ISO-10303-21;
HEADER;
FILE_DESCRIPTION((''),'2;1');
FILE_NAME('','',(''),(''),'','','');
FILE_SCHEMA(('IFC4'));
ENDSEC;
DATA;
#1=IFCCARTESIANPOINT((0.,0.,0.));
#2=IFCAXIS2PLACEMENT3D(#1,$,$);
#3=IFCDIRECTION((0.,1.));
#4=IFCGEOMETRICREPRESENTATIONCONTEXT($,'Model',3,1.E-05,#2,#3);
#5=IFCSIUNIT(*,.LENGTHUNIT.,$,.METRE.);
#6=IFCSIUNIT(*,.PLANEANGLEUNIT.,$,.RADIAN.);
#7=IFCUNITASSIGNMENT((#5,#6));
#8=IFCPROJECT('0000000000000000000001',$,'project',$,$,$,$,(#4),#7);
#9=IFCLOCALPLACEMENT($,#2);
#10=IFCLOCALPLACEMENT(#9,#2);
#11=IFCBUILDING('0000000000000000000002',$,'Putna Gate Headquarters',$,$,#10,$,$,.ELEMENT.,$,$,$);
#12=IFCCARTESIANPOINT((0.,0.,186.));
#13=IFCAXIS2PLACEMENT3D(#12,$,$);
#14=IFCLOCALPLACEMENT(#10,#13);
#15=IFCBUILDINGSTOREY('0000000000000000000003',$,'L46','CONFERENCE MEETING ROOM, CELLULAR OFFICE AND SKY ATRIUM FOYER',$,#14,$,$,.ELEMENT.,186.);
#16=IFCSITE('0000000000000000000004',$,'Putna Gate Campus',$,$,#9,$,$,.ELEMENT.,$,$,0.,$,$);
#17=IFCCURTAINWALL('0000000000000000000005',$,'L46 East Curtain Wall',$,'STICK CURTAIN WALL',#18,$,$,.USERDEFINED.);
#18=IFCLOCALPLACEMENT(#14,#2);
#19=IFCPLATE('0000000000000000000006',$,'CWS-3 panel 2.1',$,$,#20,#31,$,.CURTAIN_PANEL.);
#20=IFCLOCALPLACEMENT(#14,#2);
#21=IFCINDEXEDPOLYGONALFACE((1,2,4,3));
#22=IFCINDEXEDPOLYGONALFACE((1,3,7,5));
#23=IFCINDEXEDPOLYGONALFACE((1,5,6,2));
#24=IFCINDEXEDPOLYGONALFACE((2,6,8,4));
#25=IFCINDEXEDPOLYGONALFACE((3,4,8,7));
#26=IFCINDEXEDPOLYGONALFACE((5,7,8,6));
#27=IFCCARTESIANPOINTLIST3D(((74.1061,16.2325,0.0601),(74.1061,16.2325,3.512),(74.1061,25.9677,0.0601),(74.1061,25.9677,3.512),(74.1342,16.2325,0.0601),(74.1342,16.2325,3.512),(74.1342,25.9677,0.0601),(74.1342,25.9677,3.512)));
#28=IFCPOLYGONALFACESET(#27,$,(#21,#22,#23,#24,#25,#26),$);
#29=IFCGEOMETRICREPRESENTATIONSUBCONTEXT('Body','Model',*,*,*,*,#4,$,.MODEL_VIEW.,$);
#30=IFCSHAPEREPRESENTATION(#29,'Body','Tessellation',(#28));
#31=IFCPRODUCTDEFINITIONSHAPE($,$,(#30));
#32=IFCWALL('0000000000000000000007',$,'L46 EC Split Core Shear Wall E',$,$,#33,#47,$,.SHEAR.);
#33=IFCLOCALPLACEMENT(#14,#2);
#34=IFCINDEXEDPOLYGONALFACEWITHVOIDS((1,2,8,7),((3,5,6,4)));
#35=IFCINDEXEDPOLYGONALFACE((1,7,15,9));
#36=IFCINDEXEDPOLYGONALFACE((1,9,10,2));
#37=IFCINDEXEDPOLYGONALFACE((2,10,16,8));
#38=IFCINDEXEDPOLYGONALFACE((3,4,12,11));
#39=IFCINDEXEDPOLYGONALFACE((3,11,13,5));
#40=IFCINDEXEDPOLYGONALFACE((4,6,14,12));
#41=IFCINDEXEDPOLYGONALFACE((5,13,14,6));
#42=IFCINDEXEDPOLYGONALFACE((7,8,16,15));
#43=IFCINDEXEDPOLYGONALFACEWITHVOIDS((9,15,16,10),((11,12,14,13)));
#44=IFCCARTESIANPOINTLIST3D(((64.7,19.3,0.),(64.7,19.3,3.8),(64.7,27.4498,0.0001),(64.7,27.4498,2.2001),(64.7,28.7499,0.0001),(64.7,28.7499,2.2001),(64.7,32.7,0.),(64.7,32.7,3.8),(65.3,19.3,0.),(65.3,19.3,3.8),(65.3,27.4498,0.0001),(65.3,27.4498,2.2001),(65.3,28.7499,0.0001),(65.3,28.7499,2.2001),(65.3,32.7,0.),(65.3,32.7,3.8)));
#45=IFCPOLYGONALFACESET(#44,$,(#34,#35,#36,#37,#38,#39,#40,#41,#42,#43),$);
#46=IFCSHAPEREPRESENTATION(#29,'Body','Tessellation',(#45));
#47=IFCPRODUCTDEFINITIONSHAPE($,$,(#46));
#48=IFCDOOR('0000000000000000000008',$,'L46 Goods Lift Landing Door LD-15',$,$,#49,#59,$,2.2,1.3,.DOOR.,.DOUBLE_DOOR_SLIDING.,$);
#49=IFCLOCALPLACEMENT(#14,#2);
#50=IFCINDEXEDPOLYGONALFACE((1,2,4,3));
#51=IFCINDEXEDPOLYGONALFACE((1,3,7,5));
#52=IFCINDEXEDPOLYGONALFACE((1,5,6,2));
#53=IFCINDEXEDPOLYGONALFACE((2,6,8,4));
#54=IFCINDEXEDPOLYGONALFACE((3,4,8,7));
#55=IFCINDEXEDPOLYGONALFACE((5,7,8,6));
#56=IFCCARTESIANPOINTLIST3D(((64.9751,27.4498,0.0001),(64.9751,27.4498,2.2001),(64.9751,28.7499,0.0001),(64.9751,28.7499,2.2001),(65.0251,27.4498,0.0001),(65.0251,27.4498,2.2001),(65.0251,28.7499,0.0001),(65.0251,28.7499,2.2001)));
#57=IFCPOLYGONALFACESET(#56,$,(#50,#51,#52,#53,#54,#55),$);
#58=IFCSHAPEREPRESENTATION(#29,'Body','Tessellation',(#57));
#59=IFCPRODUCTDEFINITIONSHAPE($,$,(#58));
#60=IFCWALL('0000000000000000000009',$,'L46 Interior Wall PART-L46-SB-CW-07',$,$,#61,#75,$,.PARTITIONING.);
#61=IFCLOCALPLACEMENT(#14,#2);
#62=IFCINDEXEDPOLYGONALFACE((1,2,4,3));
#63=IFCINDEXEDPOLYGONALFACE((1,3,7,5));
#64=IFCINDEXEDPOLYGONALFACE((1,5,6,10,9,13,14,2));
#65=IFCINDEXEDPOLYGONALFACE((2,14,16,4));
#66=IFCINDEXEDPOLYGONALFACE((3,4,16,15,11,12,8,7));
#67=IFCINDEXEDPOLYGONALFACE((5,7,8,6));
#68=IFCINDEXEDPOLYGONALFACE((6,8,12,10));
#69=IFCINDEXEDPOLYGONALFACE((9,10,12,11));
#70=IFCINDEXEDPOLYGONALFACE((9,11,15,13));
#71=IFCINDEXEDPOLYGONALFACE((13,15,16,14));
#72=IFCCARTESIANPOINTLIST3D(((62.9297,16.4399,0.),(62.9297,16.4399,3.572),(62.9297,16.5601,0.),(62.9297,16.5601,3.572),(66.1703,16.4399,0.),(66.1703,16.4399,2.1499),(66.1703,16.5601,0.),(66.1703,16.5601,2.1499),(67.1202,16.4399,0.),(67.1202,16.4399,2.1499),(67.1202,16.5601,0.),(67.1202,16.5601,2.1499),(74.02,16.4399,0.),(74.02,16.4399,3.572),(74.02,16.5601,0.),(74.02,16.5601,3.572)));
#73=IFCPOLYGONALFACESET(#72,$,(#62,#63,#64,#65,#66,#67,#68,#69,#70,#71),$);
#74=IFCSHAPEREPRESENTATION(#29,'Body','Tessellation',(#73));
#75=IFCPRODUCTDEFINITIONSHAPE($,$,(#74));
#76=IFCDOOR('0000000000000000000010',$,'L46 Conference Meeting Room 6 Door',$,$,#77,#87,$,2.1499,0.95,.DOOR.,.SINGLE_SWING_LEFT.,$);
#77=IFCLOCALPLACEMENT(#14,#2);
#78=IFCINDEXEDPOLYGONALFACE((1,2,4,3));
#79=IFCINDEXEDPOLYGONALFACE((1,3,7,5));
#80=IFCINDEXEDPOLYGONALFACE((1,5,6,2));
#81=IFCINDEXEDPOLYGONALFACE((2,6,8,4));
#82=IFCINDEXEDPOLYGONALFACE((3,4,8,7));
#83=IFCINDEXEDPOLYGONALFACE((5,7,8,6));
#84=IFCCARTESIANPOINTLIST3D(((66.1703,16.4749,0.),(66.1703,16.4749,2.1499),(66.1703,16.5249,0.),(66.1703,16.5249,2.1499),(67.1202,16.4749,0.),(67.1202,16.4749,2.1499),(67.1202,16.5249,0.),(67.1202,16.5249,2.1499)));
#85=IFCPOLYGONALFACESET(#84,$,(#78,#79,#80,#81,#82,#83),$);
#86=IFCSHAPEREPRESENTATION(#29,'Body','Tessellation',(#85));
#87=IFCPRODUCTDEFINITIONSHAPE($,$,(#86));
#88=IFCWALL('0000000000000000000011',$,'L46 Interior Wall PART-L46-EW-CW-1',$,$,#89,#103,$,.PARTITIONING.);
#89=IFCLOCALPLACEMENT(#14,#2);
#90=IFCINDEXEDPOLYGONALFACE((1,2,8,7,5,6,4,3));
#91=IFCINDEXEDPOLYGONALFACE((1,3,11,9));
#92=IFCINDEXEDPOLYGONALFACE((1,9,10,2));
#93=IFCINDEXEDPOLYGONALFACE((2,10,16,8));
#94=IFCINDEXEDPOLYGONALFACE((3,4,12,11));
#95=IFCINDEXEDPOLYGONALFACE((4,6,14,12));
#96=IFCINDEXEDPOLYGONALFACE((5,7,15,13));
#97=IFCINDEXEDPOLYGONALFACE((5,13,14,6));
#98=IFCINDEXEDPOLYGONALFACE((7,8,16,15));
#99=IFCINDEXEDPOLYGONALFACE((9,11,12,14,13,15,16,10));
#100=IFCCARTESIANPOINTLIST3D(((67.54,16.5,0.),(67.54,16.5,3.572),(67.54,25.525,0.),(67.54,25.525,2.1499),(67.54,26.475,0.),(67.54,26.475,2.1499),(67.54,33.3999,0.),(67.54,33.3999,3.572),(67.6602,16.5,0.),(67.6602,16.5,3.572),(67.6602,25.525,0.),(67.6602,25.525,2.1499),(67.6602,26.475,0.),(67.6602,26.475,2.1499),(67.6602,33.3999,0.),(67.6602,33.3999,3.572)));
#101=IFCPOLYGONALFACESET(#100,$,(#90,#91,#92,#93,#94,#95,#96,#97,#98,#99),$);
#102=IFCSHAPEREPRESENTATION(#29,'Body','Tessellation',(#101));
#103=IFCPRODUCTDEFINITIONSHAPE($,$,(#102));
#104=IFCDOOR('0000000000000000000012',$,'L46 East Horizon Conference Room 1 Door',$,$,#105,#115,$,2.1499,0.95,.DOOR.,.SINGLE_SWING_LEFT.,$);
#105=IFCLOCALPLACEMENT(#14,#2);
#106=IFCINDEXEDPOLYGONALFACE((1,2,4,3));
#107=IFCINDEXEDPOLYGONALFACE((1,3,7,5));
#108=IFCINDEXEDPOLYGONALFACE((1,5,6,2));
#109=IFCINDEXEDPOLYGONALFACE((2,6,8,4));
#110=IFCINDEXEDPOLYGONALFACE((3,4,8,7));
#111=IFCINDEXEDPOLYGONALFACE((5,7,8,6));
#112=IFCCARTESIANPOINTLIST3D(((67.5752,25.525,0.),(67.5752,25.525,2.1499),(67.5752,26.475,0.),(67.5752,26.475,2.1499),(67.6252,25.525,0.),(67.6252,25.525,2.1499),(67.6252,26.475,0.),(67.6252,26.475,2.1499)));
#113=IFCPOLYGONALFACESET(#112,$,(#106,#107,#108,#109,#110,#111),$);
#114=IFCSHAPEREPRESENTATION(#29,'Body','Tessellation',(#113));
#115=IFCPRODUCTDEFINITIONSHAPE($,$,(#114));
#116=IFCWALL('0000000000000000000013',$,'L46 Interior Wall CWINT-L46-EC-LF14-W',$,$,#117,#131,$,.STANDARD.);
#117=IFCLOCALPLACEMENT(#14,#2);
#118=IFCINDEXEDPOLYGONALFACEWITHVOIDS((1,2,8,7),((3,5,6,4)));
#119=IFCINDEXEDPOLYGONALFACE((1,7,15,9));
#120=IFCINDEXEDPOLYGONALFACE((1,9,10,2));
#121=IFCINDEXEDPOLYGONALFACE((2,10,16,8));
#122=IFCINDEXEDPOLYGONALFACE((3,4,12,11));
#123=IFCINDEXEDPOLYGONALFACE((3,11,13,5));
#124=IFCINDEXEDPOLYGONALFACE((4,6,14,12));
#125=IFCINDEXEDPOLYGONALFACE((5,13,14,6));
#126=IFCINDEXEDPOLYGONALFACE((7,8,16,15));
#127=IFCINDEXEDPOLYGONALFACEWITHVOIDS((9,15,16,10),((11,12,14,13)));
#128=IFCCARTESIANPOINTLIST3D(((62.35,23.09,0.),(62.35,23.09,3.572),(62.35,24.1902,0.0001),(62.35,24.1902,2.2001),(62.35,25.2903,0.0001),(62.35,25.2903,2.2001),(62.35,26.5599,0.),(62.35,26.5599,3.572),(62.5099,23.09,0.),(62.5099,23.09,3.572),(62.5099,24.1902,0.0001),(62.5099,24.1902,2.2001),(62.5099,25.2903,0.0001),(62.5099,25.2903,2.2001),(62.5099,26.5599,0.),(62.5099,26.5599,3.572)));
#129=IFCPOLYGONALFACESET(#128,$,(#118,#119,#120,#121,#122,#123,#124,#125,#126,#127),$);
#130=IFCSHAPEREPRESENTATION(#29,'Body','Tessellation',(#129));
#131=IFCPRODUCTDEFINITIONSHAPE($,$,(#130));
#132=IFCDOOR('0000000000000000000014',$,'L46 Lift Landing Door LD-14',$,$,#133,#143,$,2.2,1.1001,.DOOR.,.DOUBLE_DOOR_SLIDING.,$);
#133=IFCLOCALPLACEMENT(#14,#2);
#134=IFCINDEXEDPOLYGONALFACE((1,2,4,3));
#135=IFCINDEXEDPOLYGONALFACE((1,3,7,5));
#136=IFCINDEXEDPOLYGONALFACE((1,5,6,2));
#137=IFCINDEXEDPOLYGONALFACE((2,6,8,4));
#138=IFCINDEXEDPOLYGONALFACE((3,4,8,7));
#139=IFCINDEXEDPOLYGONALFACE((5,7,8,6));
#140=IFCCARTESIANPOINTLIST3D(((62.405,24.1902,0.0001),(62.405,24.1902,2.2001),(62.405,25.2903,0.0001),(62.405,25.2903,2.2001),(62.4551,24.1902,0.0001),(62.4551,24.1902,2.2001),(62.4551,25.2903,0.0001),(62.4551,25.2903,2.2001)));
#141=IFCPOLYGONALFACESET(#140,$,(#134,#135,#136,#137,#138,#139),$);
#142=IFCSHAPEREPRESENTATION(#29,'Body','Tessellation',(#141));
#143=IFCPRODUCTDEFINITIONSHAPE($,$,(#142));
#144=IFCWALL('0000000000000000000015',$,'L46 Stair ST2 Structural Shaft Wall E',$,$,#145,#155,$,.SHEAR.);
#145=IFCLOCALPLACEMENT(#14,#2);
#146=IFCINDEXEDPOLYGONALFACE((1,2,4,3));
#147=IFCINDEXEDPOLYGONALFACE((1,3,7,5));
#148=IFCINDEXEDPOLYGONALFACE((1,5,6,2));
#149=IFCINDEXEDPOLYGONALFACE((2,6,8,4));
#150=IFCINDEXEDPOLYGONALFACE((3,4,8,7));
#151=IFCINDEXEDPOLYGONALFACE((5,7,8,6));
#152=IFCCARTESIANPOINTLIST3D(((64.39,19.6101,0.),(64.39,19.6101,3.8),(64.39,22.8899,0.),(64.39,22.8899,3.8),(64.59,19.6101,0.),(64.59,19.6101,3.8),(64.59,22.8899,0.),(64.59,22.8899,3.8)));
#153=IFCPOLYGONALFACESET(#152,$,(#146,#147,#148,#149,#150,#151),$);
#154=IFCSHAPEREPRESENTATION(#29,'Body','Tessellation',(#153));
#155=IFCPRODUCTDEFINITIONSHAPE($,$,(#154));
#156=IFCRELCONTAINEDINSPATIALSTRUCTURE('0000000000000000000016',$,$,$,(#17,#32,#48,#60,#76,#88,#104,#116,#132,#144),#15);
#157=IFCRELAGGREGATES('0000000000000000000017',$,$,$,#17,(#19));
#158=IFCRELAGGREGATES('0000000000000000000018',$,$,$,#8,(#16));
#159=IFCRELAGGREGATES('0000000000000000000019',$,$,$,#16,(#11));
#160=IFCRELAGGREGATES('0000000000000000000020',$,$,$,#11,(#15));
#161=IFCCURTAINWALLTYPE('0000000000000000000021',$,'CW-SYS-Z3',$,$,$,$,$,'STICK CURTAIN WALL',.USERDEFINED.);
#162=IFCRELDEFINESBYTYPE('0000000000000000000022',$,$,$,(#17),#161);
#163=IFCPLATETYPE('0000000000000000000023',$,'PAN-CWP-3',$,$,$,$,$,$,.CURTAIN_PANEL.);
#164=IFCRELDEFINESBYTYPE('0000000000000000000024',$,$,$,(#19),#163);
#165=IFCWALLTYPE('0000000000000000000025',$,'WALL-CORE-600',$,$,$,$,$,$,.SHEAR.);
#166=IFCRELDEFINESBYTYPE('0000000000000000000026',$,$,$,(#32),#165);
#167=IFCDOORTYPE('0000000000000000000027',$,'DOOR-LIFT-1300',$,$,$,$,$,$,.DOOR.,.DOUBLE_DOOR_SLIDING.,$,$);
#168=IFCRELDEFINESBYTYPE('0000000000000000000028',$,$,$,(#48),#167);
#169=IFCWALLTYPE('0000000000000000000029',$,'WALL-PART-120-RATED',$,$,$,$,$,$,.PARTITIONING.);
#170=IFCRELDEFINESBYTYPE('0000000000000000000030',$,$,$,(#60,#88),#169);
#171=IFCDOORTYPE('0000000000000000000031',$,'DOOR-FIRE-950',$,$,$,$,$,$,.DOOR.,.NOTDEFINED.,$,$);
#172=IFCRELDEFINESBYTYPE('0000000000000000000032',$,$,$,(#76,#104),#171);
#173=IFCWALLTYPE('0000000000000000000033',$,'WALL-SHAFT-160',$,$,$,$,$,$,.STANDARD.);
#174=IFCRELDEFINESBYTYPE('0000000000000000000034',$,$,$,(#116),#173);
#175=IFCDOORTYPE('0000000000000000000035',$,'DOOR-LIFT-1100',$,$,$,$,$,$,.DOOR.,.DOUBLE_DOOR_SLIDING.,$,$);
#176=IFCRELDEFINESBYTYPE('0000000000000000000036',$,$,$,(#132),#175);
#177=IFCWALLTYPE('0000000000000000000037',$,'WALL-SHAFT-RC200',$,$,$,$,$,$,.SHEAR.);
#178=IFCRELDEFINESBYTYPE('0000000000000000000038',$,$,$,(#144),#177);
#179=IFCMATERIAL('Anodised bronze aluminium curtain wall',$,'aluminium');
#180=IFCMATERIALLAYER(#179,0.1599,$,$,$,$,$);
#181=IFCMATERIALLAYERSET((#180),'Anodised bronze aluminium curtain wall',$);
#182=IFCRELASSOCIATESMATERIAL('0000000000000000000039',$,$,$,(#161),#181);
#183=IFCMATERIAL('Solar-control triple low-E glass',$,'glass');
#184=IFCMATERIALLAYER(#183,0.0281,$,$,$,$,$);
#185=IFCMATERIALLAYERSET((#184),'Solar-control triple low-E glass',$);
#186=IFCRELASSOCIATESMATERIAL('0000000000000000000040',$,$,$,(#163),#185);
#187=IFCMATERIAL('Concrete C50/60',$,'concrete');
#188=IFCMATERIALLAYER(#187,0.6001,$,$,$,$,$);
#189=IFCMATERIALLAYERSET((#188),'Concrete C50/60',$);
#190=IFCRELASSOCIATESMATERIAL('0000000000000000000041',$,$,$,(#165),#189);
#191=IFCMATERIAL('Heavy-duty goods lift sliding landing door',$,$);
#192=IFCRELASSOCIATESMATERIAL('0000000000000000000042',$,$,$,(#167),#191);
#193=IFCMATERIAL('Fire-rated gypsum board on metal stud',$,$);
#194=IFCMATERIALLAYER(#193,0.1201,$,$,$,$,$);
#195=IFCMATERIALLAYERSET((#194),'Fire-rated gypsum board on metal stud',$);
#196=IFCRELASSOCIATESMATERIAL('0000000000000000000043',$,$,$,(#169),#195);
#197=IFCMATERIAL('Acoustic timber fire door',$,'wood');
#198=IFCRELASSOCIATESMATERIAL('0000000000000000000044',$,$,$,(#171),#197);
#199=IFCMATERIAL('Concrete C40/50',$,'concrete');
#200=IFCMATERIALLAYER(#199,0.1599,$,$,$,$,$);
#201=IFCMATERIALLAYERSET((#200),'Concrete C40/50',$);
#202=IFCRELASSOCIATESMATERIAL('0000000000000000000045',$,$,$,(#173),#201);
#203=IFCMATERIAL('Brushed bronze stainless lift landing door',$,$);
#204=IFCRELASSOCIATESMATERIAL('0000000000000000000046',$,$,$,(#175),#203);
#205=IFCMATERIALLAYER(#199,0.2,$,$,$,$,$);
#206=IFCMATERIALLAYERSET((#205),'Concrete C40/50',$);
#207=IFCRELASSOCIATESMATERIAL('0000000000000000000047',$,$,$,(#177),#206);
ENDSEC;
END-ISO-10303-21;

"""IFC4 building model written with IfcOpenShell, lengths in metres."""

from ifc_helpers import new_model, si_unit, direction, frame, frame_2d, origin, origin_2d, place, context, subcontext, project, spatial, rectangle, extrude, material, layer, layer_set, type_object, element, fill, aggregate, save


model = new_model("IFC4")

# Units and contexts
model_context = context("Model", 3, precision=1e-05, world=origin(), true_north=direction((0.0, 1.0)))
body_context = subcontext(model_context, "Body", "Model", "MODEL_VIEW")
ifc_project = project(units=[si_unit("LENGTHUNIT", "METRE"), si_unit("PLANEANGLEUNIT", "RADIAN")], contexts=[model_context])

# Site, building, storey
site_placement = place(None, origin())
site = spatial("IfcSite", under=ifc_project, at=site_placement, Name="Putna Gate Campus", CompositionType="ELEMENT", RefElevation=0.0)
building_placement = place(site_placement, origin())
building = spatial("IfcBuilding", under=site, at=building_placement, Name="Putna Gate Headquarters", CompositionType="ELEMENT")
storey_placement = place(building_placement, frame((0.0, 0.0, 186.0)))
storey = spatial("IfcBuildingStorey", under=building, at=storey_placement, Name="L46", Description="CONFERENCE MEETING ROOM, CELLULAR OFFICE AND SKY ATRIUM FOYER", CompositionType="ELEMENT", Elevation=186.0)

# Shared definitions
ifc_material_1 = material(Name="Concrete C50/60", Category="concrete")

# Curtain wall, plate
ifc_material_2 = material(Name="Anodised bronze aluminium curtain wall", Category="aluminium")
ifc_layer_1 = layer(ifc_material_2, 0.1599)
ifc_layer_set_1 = layer_set([ifc_layer_1], Name="Anodised bronze aluminium curtain wall")
curtain_wall_type = type_object("IfcCurtainWallType", Name="CW-SYS-Z3", ElementType="STICK CURTAIN WALL", PredefinedType="USERDEFINED", material=ifc_layer_set_1)
curtain_wall_placement = place(storey_placement, origin())
curtain_wall = element("IfcCurtainWall", 1, at=curtain_wall_placement, inside=storey, type_object=curtain_wall_type, Name="L46 East Curtain Wall", ObjectType="STICK CURTAIN WALL", PredefinedType="USERDEFINED")
ifc_material_3 = material(Name="Solar-control triple low-E glass", Category="glass")
ifc_layer_2 = layer(ifc_material_3, 0.0281)
ifc_layer_set_2 = layer_set([ifc_layer_2], Name="Solar-control triple low-E glass")
plate_type = type_object("IfcPlateType", Name="PAN-CWP-3", PredefinedType="CURTAIN_PANEL", material=ifc_layer_set_2)
plate_placement = place(storey_placement, frame((74.1201, 21.1001, 0.0601), z_axis=(0.0, 0.0, 1.0), x_axis=(0.0, 1.0, 0.0)))
plate = element("IfcPlate", 2, at=plate_placement, type_object=plate_type, Name="CWS-3 panel 2.1", PredefinedType="CURTAIN_PANEL", context=body_context, shape_type="SweptSolid", body=[
    extrude(rectangle(XDim=9.7351, YDim=0.0281, at=origin_2d()), origin(), (0.0, 0.0, 1.0), 3.4519),
])
aggregate(curtain_wall, [plate])

# Walls, openings, doors
ifc_layer_3 = layer(ifc_material_1, 0.6001)
ifc_layer_set_3 = layer_set([ifc_layer_3], Name="Concrete C50/60")
wall_type_1 = type_object("IfcWallType", Name="WALL-CORE-600", PredefinedType="SHEAR", material=ifc_layer_set_3)
wall_1_placement = place(storey_placement, frame((65.0, 19.3, 0.0), z_axis=(0.0, 0.0, 1.0), x_axis=(0.0, 1.0, 0.0)))
wall_1 = element("IfcWall", 3, at=wall_1_placement, inside=storey, type_object=wall_type_1, Name="L46 EC Split Core Shear Wall E", PredefinedType="SHEAR", context=body_context, shape_type="SweptSolid", body=[
    extrude(rectangle(XDim=13.3999, YDim=0.6001, at=frame_2d((6.7, 0.0))), origin(), (0.0, 0.0, 1.0), 3.8),
])
opening_1_placement = place(wall_1_placement, frame((8.1499, 0.0, 0.0)))
opening_1 = element("IfcOpeningElement", 4, at=opening_1_placement, cuts=wall_1, PredefinedType="OPENING", context=body_context, shape_type="SweptSolid", body=[
    extrude(rectangle(XDim=1.3, YDim=2.2, at=frame_2d((0.6499, 1.1001))), frame((0.0, 0.3101, 0.0), z_axis=(0.0, -1.0, 0.0), x_axis=(1.0, 0.0, 0.0)), (0.0, 0.0, 1.0), 0.6201),
])
ifc_material_4 = material(Name="Heavy-duty goods lift sliding landing door")
door_type_1 = type_object("IfcDoorType", Name="DOOR-LIFT-1300", OperationType="DOUBLE_DOOR_SLIDING", PredefinedType="DOOR", material=ifc_material_4)
door_1_placement = place(opening_1_placement, origin())
door_1 = element("IfcDoor", 5, at=door_1_placement, inside=storey, type_object=door_type_1, Name="L46 Goods Lift Landing Door LD-15", OperationType="DOUBLE_DOOR_SLIDING", OverallHeight=2.2, OverallWidth=1.3, PredefinedType="DOOR", context=body_context, shape_type="SweptSolid", body=[
    extrude(rectangle(XDim=1.3, YDim=2.2, at=frame_2d((0.6499, 1.1001))), frame((0.0, 0.0249, 0.0), z_axis=(0.0, -1.0, 0.0), x_axis=(1.0, 0.0, 0.0)), (0.0, 0.0, 1.0), 0.05),
])
fill(opening_1, door_1)
ifc_material_5 = material(Name="Fire-rated gypsum board on metal stud")
ifc_layer_4 = layer(ifc_material_5, 0.1201)
ifc_layer_set_4 = layer_set([ifc_layer_4], Name="Fire-rated gypsum board on metal stud")
wall_type_2 = type_object("IfcWallType", Name="WALL-PART-120-RATED", PredefinedType="PARTITIONING", material=ifc_layer_set_4)
wall_2_placement = place(storey_placement, frame((62.9297, 16.5, 0.0), z_axis=(0.0, 0.0, 1.0), x_axis=(1.0, 0.0, 0.0)))
wall_2 = element("IfcWall", 6, at=wall_2_placement, inside=storey, type_object=wall_type_2, Name="L46 Interior Wall PART-L46-SB-CW-07", PredefinedType="PARTITIONING", context=body_context, shape_type="SweptSolid", body=[
    extrude(rectangle(XDim=11.0903, YDim=0.1201, at=frame_2d((5.5452, 0.0))), origin(), (0.0, 0.0, 1.0), 3.572),
])
opening_2_placement = place(wall_2_placement, frame((3.2405, 0.0, 0.0)))
opening_2 = element("IfcOpeningElement", 7, at=opening_2_placement, cuts=wall_2, PredefinedType="OPENING", context=body_context, shape_type="SweptSolid", body=[
    extrude(rectangle(XDim=0.95, YDim=2.1499, at=frame_2d((0.4751, 1.075))), frame((0.0, 0.0701, 0.0), z_axis=(0.0, -1.0, 0.0), x_axis=(1.0, 0.0, 0.0)), (0.0, 0.0, 1.0), 0.1401),
])
ifc_material_6 = material(Name="Acoustic timber fire door", Category="wood")
door_type_2 = type_object("IfcDoorType", Name="DOOR-FIRE-950", OperationType="NOTDEFINED", PredefinedType="DOOR", material=ifc_material_6)
door_2_placement = place(opening_2_placement, origin())
door_2 = element("IfcDoor", 8, at=door_2_placement, inside=storey, type_object=door_type_2, Name="L46 Conference Meeting Room 6 Door", OperationType="SINGLE_SWING_LEFT", OverallHeight=2.1499, OverallWidth=0.95, PredefinedType="DOOR", context=body_context, shape_type="SweptSolid", body=[
    extrude(rectangle(XDim=0.95, YDim=2.1499, at=frame_2d((0.4751, 1.075))), frame((0.0, 0.0249, 0.0), z_axis=(0.0, -1.0, 0.0), x_axis=(1.0, 0.0, 0.0)), (0.0, 0.0, 1.0), 0.05),
])
fill(opening_2, door_2)
wall_3_placement = place(storey_placement, frame((67.6001, 16.5, 0.0), z_axis=(0.0, 0.0, 1.0), x_axis=(0.0, 1.0, 0.0)))
wall_3 = element("IfcWall", 9, at=wall_3_placement, inside=storey, type_object=wall_type_2, Name="L46 Interior Wall PART-L46-EW-CW-1", PredefinedType="PARTITIONING", context=body_context, shape_type="SweptSolid", body=[
    extrude(rectangle(XDim=16.8999, YDim=0.1201, at=frame_2d((8.45, 0.0))), origin(), (0.0, 0.0, 1.0), 3.572),
])
opening_3_placement = place(wall_3_placement, frame((9.0249, 0.0, 0.0)))
opening_3 = element("IfcOpeningElement", 10, at=opening_3_placement, cuts=wall_3, PredefinedType="OPENING", context=body_context, shape_type="SweptSolid", body=[
    extrude(rectangle(XDim=0.95, YDim=2.1499, at=frame_2d((0.4751, 1.075))), frame((0.0, 0.0701, 0.0), z_axis=(0.0, -1.0, 0.0), x_axis=(1.0, 0.0, 0.0)), (0.0, 0.0, 1.0), 0.1401),
])
door_3_placement = place(opening_3_placement, origin())
door_3 = element("IfcDoor", 11, at=door_3_placement, inside=storey, type_object=door_type_2, Name="L46 East Horizon Conference Room 1 Door", OperationType="SINGLE_SWING_LEFT", OverallHeight=2.1499, OverallWidth=0.95, PredefinedType="DOOR", context=body_context, shape_type="SweptSolid", body=[
    extrude(rectangle(XDim=0.95, YDim=2.1499, at=frame_2d((0.4751, 1.075))), frame((0.0, 0.0249, 0.0), z_axis=(0.0, -1.0, 0.0), x_axis=(1.0, 0.0, 0.0)), (0.0, 0.0, 1.0), 0.05),
])
fill(opening_3, door_3)
ifc_material_7 = material(Name="Concrete C40/50", Category="concrete")
ifc_layer_5 = layer(ifc_material_7, 0.1599)
ifc_layer_set_5 = layer_set([ifc_layer_5], Name="Concrete C40/50")
wall_type_3 = type_object("IfcWallType", Name="WALL-SHAFT-160", PredefinedType="STANDARD", material=ifc_layer_set_5)
wall_4_placement = place(storey_placement, frame((62.4299, 23.0901, 0.0), z_axis=(0.0, 0.0, 1.0), x_axis=(0.0, 1.0, 0.0)))
wall_4 = element("IfcWall", 12, at=wall_4_placement, inside=storey, type_object=wall_type_3, Name="L46 Interior Wall CWINT-L46-EC-LF14-W", PredefinedType="STANDARD", context=body_context, shape_type="SweptSolid", body=[
    extrude(rectangle(XDim=3.47, YDim=0.1599, at=frame_2d((1.7349, 0.0))), origin(), (0.0, 0.0, 1.0), 3.572),
])
opening_4_placement = place(wall_4_placement, frame((1.1001, 0.0, 0.0)))
opening_4 = element("IfcOpeningElement", 13, at=opening_4_placement, cuts=wall_4, PredefinedType="OPENING", context=body_context, shape_type="SweptSolid", body=[
    extrude(rectangle(XDim=1.1001, YDim=2.2, at=frame_2d((0.55, 1.1001))), frame((0.0, 0.0898, 0.0), z_axis=(0.0, -1.0, 0.0), x_axis=(1.0, 0.0, 0.0)), (0.0, 0.0, 1.0), 0.1799),
])
ifc_material_8 = material(Name="Brushed bronze stainless lift landing door")
door_type_3 = type_object("IfcDoorType", Name="DOOR-LIFT-1100", OperationType="DOUBLE_DOOR_SLIDING", PredefinedType="DOOR", material=ifc_material_8)
door_4_placement = place(opening_4_placement, origin())
door_4 = element("IfcDoor", 14, at=door_4_placement, inside=storey, type_object=door_type_3, Name="L46 Lift Landing Door LD-14", OperationType="DOUBLE_DOOR_SLIDING", OverallHeight=2.2, OverallWidth=1.1001, PredefinedType="DOOR", context=body_context, shape_type="SweptSolid", body=[
    extrude(rectangle(XDim=1.1001, YDim=2.2, at=frame_2d((0.55, 1.1001))), frame((0.0, 0.0249, 0.0), z_axis=(0.0, -1.0, 0.0), x_axis=(1.0, 0.0, 0.0)), (0.0, 0.0, 1.0), 0.05),
])
fill(opening_4, door_4)

# Wall
ifc_layer_6 = layer(ifc_material_7, 0.2)
ifc_layer_set_6 = layer_set([ifc_layer_6], Name="Concrete C40/50")
wall_type_4 = type_object("IfcWallType", Name="WALL-SHAFT-RC200", PredefinedType="SHEAR", material=ifc_layer_set_6)
wall_5_placement = place(storey_placement, frame((64.49, 19.6101, 0.0), z_axis=(0.0, 0.0, 1.0), x_axis=(0.0, 1.0, 0.0)))
element("IfcWall", 15, at=wall_5_placement, inside=storey, type_object=wall_type_4, Name="L46 Stair ST2 Structural Shaft Wall E", PredefinedType="SHEAR", context=body_context, shape_type="SweptSolid", body=[
    extrude(rectangle(XDim=3.2798, YDim=0.2, at=frame_2d((1.6399, 0.0))), origin(), (0.0, 0.0, 1.0), 3.8),
])

save(model, "model.ifc")
